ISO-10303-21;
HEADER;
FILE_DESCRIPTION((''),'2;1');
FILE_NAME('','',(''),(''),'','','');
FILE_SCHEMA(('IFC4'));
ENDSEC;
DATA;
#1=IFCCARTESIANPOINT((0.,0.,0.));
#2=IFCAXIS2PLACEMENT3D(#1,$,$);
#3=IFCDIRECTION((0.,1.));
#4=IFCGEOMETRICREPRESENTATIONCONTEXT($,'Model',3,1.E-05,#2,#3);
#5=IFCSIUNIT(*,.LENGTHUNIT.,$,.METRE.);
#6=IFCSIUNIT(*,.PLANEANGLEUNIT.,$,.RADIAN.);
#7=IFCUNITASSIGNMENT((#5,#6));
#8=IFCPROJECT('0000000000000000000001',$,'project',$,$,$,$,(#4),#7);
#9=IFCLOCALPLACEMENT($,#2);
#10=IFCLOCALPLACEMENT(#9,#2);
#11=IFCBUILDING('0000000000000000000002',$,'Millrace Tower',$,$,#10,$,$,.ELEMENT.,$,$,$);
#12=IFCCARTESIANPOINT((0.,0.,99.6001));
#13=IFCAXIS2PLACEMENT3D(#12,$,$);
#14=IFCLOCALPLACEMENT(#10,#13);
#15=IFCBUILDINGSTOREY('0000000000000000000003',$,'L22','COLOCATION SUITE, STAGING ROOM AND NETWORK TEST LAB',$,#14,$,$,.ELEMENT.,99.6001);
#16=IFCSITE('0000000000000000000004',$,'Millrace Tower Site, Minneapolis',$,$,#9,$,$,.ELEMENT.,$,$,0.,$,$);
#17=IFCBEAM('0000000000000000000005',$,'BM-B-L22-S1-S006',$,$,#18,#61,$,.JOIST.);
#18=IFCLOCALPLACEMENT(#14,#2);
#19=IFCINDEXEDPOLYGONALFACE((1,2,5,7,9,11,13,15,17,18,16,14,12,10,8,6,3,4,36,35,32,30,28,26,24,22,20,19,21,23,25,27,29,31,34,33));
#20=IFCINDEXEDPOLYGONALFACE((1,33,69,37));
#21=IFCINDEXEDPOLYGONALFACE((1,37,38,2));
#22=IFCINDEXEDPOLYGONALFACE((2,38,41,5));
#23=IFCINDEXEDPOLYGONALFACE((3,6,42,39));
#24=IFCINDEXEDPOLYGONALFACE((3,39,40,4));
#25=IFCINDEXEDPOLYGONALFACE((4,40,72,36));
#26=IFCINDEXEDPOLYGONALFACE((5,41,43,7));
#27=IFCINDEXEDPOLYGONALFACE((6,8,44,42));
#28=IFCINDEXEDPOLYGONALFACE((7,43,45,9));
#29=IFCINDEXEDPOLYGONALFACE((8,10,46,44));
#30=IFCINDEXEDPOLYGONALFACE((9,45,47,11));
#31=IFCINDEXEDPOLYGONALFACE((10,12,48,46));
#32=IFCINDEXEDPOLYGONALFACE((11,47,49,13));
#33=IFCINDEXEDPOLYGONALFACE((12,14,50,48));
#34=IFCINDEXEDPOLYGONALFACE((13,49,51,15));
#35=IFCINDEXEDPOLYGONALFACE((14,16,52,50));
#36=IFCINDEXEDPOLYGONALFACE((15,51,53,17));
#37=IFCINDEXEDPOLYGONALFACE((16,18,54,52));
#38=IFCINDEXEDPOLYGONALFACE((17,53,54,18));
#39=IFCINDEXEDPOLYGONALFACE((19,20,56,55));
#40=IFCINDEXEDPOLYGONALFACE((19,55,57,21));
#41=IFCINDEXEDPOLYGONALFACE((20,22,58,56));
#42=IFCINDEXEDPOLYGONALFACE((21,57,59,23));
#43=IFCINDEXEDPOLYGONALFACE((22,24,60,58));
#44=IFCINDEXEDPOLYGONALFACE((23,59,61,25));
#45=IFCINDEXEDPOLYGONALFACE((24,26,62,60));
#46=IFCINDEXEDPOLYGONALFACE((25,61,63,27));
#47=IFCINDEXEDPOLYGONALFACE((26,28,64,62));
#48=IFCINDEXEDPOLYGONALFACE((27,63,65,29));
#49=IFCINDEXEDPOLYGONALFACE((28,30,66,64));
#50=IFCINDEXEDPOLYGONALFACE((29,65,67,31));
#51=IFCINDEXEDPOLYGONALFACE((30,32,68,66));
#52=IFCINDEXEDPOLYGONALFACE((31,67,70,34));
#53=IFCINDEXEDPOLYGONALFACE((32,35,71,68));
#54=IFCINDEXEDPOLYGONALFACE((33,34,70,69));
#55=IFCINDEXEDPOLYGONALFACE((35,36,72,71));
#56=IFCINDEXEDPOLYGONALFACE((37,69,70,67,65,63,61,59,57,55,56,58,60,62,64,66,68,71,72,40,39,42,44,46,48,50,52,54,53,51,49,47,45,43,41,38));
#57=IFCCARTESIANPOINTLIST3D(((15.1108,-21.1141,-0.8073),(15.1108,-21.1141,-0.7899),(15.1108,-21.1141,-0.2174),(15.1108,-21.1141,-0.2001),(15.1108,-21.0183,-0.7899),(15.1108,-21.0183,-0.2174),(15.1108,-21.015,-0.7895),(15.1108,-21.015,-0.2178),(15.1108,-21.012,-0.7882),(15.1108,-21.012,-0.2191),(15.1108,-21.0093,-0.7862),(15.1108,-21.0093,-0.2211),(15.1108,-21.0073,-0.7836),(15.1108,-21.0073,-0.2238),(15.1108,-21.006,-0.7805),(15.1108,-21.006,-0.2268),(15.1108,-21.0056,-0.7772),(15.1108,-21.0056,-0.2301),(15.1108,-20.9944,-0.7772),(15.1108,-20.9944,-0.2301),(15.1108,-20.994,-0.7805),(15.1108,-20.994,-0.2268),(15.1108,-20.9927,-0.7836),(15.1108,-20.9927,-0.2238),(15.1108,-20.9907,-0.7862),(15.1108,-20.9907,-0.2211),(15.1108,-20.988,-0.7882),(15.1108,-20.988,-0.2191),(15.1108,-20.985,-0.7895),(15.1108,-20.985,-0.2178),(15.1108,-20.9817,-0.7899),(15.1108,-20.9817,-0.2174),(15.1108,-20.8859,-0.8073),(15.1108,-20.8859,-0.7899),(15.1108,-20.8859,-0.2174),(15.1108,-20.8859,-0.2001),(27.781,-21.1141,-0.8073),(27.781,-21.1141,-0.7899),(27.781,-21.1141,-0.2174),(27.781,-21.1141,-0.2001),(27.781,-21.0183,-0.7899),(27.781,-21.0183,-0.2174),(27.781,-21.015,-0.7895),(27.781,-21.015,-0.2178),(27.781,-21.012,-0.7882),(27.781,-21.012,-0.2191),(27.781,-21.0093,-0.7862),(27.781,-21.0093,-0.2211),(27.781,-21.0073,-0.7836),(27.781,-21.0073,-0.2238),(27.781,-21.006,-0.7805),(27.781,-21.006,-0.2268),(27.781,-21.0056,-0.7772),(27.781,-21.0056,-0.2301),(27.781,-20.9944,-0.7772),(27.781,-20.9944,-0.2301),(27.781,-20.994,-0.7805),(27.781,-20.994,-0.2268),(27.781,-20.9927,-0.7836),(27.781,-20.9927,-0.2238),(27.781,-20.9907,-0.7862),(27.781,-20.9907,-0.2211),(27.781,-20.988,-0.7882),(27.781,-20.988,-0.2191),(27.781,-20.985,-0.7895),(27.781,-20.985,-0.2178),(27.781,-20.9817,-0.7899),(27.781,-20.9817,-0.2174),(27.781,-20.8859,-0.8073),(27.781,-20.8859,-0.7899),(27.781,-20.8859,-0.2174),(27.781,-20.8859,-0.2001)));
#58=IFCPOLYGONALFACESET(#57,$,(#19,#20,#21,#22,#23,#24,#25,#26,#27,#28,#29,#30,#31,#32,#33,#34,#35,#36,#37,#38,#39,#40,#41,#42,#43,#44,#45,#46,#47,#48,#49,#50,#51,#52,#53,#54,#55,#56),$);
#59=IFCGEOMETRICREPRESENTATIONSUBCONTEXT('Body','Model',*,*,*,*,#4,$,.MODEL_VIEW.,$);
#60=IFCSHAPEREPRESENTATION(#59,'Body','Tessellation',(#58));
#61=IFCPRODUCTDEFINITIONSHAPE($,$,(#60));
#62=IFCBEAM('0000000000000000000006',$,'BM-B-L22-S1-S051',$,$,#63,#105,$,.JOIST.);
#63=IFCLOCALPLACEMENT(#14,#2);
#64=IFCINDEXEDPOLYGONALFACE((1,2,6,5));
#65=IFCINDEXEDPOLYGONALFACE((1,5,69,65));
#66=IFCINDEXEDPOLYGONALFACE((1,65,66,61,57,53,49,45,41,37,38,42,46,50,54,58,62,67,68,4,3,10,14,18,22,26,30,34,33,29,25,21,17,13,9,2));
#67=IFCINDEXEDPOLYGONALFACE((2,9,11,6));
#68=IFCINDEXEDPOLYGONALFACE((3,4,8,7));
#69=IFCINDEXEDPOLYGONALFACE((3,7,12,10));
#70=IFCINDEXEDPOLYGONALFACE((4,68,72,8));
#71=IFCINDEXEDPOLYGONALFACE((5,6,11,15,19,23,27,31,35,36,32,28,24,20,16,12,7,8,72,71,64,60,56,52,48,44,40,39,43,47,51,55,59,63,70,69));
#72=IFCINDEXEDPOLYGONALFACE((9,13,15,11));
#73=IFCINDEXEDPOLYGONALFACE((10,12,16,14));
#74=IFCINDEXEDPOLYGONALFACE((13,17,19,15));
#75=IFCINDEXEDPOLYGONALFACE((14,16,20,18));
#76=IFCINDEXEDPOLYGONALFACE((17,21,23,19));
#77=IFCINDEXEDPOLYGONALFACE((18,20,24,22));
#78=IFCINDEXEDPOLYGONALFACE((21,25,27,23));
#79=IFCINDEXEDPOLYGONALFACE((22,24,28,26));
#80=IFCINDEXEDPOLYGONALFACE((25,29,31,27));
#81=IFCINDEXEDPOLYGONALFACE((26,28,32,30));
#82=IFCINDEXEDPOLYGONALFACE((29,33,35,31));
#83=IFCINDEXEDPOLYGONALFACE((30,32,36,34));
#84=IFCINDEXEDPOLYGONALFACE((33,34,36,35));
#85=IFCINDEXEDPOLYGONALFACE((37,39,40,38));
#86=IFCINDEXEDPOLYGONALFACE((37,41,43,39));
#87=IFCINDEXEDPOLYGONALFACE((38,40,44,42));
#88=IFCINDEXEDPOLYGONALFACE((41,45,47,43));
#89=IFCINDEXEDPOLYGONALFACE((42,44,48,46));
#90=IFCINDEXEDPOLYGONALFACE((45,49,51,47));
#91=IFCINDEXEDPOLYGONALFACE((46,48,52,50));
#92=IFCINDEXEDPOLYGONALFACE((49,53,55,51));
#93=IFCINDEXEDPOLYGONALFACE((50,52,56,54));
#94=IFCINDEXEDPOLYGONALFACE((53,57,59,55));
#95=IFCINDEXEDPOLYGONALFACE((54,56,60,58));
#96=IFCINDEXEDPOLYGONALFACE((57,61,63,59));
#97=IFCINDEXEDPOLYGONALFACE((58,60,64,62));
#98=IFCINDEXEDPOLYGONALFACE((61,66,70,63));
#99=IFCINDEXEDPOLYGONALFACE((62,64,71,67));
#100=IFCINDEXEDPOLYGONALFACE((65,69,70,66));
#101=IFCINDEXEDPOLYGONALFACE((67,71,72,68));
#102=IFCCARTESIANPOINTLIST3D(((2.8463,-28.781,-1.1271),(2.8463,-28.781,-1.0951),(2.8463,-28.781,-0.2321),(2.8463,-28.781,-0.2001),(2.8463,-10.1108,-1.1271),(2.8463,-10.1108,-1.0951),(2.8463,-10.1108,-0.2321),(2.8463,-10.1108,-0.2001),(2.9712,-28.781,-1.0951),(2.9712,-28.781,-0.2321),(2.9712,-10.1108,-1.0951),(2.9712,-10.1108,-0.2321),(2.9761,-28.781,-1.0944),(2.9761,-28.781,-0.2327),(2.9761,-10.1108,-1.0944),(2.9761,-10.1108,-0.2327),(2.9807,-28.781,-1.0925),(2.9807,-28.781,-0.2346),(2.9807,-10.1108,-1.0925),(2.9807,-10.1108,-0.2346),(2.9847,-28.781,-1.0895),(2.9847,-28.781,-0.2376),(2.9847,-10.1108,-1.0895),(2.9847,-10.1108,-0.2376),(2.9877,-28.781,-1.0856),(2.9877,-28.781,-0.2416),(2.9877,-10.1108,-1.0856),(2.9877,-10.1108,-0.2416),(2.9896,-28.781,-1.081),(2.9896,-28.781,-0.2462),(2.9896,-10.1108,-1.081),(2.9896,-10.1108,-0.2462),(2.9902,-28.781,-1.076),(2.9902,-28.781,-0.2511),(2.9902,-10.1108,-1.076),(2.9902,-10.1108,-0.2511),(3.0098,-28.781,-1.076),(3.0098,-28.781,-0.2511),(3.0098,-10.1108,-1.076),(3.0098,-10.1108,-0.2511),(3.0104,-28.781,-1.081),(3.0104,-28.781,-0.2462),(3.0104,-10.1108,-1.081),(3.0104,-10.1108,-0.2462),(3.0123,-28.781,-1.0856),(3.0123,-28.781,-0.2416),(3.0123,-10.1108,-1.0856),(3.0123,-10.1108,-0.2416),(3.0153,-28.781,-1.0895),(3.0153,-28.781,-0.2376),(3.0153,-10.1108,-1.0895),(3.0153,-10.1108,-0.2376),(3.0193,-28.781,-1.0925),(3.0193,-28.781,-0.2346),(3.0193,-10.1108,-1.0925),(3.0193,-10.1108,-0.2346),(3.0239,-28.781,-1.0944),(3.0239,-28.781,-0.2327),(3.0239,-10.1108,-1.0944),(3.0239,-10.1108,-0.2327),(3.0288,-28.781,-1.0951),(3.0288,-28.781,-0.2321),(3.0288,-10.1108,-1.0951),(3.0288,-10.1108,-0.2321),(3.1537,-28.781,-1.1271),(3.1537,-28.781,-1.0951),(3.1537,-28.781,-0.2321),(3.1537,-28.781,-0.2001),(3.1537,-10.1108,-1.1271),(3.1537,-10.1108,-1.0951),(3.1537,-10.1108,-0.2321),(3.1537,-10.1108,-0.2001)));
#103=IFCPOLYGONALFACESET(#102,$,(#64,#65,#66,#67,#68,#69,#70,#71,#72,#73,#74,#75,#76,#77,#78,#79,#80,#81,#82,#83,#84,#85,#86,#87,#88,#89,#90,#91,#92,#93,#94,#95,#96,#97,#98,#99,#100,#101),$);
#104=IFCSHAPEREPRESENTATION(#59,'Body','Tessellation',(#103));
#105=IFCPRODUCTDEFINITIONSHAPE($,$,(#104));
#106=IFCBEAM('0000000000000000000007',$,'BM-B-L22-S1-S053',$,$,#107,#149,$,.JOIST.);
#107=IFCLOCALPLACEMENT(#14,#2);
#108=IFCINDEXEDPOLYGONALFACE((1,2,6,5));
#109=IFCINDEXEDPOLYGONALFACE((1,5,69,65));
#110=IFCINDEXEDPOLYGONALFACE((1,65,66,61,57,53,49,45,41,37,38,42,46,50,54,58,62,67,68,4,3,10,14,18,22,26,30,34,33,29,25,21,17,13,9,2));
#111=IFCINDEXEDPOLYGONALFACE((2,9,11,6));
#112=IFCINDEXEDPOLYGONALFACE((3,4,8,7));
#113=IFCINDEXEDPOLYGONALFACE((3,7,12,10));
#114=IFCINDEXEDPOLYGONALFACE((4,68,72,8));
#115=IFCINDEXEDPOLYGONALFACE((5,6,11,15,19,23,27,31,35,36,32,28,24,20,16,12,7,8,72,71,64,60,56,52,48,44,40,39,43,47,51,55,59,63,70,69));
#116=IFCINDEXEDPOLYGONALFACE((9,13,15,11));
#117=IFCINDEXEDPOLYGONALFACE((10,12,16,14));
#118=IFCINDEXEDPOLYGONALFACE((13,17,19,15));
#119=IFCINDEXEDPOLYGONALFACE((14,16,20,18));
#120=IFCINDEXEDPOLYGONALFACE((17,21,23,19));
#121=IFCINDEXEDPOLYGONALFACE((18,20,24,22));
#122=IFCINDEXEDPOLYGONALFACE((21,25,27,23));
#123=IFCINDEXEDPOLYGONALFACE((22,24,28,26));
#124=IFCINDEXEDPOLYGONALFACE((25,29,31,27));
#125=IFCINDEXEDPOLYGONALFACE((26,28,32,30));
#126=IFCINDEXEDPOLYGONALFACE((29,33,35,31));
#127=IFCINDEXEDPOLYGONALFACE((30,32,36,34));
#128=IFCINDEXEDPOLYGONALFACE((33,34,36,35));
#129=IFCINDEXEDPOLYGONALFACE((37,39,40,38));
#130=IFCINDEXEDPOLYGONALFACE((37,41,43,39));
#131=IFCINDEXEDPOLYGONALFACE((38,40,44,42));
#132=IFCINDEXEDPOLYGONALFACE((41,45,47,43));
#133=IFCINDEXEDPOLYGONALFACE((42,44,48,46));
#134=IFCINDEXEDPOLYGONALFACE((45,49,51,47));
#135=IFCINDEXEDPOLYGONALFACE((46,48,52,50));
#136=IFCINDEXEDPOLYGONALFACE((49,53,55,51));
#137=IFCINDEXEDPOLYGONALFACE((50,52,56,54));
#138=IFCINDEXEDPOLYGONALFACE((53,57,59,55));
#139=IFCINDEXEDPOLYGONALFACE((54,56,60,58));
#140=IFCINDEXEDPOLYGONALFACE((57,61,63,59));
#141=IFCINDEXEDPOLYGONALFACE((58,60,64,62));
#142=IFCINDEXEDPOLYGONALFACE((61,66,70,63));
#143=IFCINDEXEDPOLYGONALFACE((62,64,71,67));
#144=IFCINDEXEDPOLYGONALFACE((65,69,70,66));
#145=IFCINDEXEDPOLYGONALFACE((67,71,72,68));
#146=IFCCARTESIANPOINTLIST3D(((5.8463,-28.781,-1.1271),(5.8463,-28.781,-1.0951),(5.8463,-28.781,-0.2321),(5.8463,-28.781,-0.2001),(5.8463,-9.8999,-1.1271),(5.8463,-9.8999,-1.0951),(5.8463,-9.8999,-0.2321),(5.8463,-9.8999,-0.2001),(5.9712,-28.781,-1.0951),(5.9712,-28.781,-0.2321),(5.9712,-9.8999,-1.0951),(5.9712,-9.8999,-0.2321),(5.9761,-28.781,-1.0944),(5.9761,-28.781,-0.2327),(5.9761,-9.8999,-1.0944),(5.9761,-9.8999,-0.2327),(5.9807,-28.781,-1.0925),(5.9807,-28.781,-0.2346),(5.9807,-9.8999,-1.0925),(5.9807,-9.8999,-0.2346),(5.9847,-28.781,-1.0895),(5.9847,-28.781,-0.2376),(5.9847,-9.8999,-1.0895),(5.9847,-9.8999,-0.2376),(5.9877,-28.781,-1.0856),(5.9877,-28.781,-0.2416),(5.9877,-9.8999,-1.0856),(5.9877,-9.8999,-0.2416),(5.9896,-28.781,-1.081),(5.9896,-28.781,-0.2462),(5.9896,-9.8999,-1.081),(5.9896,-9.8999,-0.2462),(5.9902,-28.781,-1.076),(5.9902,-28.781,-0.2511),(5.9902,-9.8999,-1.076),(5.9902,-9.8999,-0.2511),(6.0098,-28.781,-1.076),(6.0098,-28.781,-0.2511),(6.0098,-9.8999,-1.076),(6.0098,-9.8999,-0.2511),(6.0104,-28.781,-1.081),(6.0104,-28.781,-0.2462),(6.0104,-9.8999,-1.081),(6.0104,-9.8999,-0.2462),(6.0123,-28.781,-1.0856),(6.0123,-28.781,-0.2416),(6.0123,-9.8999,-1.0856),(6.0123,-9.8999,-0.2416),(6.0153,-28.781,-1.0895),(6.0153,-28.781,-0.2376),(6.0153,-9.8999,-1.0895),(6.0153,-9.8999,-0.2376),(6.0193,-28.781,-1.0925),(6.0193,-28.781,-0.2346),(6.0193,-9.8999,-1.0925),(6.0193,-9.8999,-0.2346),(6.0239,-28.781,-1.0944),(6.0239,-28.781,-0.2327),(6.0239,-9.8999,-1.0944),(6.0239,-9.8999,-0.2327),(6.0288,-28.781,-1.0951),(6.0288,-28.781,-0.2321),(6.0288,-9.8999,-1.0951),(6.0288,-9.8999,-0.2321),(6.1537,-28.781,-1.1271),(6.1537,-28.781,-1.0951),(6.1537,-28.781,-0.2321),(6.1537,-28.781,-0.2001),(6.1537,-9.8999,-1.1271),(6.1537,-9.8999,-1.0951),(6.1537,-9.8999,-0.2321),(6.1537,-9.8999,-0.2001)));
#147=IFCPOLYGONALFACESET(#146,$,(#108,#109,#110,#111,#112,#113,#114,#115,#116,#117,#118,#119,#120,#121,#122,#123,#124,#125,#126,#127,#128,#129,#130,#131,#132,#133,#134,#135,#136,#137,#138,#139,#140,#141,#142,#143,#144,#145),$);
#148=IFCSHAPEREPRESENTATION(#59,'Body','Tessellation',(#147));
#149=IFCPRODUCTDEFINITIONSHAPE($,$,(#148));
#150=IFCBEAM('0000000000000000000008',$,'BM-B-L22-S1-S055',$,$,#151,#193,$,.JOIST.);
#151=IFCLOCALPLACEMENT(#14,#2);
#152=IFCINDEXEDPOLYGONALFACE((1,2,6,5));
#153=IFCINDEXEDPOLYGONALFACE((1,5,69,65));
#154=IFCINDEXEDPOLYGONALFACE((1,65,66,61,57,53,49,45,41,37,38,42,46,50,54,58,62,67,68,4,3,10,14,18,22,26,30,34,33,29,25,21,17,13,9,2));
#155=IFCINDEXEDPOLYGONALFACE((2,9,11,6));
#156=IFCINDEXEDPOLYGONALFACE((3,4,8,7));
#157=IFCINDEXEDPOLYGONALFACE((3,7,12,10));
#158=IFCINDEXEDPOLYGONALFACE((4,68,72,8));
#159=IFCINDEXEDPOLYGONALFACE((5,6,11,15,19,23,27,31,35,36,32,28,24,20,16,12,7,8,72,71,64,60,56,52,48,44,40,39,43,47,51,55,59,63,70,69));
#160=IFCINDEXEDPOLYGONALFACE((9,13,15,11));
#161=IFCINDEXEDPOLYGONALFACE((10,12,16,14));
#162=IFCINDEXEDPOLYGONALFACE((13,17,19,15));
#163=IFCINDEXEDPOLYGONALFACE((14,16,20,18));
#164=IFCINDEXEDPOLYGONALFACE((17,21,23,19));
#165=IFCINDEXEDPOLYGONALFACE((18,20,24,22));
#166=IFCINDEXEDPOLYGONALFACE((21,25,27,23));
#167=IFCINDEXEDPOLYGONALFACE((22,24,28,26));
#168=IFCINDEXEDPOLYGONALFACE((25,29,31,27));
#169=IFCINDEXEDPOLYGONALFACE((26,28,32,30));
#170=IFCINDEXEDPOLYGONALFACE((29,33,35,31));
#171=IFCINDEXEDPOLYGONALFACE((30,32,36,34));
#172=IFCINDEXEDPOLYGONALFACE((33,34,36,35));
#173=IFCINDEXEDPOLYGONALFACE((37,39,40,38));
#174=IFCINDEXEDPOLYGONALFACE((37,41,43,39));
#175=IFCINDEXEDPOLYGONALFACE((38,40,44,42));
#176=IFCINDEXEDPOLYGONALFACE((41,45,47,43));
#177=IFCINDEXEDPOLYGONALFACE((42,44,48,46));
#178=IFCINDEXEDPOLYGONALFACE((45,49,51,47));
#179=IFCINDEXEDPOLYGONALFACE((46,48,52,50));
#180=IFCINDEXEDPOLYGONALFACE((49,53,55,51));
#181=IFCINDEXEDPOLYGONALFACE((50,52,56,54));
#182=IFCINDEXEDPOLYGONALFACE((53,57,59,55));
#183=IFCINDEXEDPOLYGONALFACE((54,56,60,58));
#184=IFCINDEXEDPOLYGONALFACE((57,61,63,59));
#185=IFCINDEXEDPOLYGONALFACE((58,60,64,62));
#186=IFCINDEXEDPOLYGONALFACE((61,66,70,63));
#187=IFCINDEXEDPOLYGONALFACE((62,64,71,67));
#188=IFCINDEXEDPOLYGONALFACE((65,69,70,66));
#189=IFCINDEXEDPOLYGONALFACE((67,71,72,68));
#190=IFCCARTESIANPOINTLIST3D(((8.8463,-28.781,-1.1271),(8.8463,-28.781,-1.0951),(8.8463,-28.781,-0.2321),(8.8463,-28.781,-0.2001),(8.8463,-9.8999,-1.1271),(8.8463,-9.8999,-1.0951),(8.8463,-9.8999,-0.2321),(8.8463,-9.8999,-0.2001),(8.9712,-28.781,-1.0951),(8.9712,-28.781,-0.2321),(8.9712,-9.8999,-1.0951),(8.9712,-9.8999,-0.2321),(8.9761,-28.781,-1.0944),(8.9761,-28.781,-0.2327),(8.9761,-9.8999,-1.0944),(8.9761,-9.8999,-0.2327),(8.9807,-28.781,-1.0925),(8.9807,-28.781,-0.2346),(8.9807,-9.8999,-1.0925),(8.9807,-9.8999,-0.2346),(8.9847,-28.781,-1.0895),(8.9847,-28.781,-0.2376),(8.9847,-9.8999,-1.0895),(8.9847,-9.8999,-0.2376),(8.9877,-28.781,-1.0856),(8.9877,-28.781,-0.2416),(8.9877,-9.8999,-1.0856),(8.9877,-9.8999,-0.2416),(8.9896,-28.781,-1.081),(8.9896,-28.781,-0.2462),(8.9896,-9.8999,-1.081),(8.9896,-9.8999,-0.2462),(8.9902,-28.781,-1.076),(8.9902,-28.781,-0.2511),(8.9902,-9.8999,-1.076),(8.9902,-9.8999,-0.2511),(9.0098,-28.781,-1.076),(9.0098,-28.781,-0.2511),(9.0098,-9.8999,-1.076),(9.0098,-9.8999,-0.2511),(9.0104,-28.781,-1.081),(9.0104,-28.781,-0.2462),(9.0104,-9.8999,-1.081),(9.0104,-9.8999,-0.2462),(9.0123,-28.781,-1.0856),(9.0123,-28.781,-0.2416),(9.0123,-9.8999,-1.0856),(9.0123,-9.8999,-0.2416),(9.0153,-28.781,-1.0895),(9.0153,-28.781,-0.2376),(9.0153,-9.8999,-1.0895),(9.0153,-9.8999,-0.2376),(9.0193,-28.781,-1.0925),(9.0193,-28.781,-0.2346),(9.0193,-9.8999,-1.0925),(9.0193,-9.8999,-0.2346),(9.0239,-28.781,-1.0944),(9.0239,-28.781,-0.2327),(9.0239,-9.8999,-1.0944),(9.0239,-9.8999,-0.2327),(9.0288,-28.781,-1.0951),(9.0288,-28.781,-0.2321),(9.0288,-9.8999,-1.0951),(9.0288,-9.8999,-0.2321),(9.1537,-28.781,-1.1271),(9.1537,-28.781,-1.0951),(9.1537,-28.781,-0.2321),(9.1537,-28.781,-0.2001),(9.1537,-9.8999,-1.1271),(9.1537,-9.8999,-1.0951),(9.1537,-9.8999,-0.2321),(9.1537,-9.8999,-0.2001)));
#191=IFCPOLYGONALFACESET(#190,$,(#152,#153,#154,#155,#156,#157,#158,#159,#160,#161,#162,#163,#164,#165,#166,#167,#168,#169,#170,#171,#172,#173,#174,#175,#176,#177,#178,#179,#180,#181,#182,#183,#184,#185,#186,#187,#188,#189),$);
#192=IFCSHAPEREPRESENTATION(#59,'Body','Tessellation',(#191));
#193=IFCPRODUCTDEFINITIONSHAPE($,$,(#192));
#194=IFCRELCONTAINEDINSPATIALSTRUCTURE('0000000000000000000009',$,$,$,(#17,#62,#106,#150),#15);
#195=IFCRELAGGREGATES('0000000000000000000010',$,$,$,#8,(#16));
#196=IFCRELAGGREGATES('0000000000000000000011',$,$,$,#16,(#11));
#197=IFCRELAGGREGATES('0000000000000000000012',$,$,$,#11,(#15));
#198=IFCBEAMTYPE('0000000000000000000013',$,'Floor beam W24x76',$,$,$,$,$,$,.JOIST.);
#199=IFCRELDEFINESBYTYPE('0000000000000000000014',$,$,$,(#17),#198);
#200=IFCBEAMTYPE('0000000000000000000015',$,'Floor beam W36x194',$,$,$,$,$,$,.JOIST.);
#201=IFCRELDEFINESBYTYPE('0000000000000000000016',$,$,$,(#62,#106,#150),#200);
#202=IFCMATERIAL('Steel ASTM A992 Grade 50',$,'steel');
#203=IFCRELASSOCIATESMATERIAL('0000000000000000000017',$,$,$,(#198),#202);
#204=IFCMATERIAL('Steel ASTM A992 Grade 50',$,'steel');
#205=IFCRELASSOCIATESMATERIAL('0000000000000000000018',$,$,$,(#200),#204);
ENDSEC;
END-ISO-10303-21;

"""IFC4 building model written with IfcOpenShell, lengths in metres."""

from ifc_helpers import new_model, si_unit, direction, frame, origin, origin_2d, place, context, subcontext, project, spatial, i_section, extrude, material, material_profile, profile_set, type_object, element, save


model = new_model("IFC4")

# Units and contexts
model_context = context("Model", 3, precision=1e-05, world=origin(), true_north=direction((0.0, 1.0)))
body_context = subcontext(model_context, "Body", "Model", "MODEL_VIEW")
ifc_project = project(units=[si_unit("LENGTHUNIT", "METRE"), si_unit("PLANEANGLEUNIT", "RADIAN")], contexts=[model_context])

# Site, building, storey
site_placement = place(None, origin())
site = spatial("IfcSite", under=ifc_project, at=site_placement, Name="Millrace Tower Site, Minneapolis", CompositionType="ELEMENT", RefElevation=0.0)
building_placement = place(site_placement, origin())
building = spatial("IfcBuilding", under=site, at=building_placement, Name="Millrace Tower", CompositionType="ELEMENT")
storey_placement = place(building_placement, frame((0.0, 0.0, 99.6001)))
storey = spatial("IfcBuildingStorey", under=building, at=storey_placement, Name="L22", Description="COLOCATION SUITE, STAGING ROOM AND NETWORK TEST LAB", CompositionType="ELEMENT", Elevation=99.6001)

# Beams
ifc_material_1 = material(Name="Steel ASTM A992 Grade 50", Category="steel")
ifc_material_profile_1 = material_profile(ifc_material_1, i_section(OverallWidth=0.2283, OverallDepth=0.6072, WebThickness=0.0112, FlangeThickness=0.0173, FilletRadius=0.0127, at=origin_2d()))
ifc_profile_set_1 = profile_set([ifc_material_profile_1], Name="Steel ASTM A992 Grade 50")
beam_type_1 = type_object("IfcBeamType", Name="Floor beam W24x76", PredefinedType="JOIST", material=ifc_profile_set_1)
for number, where, z_axis, x_axis, name in (
    (1, (15.1108, -21.0, -0.5037), (1.0, 0.0, 0.0), (0.0, 1.0, 0.0), "BM-B-L22-S1-S006"),
):
    element("IfcBeam", number, at=place(storey_placement, frame(where, z_axis=z_axis, x_axis=x_axis)), inside=storey, type_object=beam_type_1, Name=name, PredefinedType="JOIST", context=body_context, shape_type="SweptSolid", body=[
        extrude(i_section(OverallWidth=0.2283, OverallDepth=0.6072, WebThickness=0.0112, FlangeThickness=0.0173, FilletRadius=0.0127, at=origin_2d()), origin(), (0.0, 0.0, 1.0), 12.6702),
    ])
ifc_material_2 = material(Name="Steel ASTM A992 Grade 50", Category="steel")
ifc_material_profile_2 = material_profile(ifc_material_2, i_section(OverallWidth=0.3074, OverallDepth=0.927, WebThickness=0.0195, FlangeThickness=0.032, FilletRadius=0.019, at=origin_2d()))
ifc_profile_set_2 = profile_set([ifc_material_profile_2], Name="Steel ASTM A992 Grade 50")
beam_type_2 = type_object("IfcBeamType", Name="Floor beam W36x194", PredefinedType="JOIST", material=ifc_profile_set_2)
beam_1_placement = place(storey_placement, frame((3.0, -28.781, -0.6636), z_axis=(0.0, 1.0, 0.0), x_axis=(-1.0, 0.0, 0.0)))
element("IfcBeam", 2, at=beam_1_placement, inside=storey, type_object=beam_type_2, Name="BM-B-L22-S1-S051", PredefinedType="JOIST", context=body_context, shape_type="SweptSolid", body=[
    extrude(i_section(OverallWidth=0.3074, OverallDepth=0.927, WebThickness=0.0195, FlangeThickness=0.032, FilletRadius=0.019, at=origin_2d()), origin(), (0.0, 0.0, 1.0), 18.6702),
])
for number, where, z_axis, x_axis, name in (
    (3, (6.0, -28.781, -0.6636), (0.0, 1.0, 0.0), (-1.0, 0.0, 0.0), "BM-B-L22-S1-S053"),
    (4, (9.0, -28.781, -0.6636), (0.0, 1.0, 0.0), (-1.0, 0.0, 0.0), "BM-B-L22-S1-S055"),
):
    element("IfcBeam", number, at=place(storey_placement, frame(where, z_axis=z_axis, x_axis=x_axis)), inside=storey, type_object=beam_type_2, Name=name, PredefinedType="JOIST", context=body_context, shape_type="SweptSolid", body=[
        extrude(i_section(OverallWidth=0.3074, OverallDepth=0.927, WebThickness=0.0195, FlangeThickness=0.032, FilletRadius=0.019, at=origin_2d()), origin(), (0.0, 0.0, 1.0), 18.8811),
    ])

save(model, "model.ifc")
